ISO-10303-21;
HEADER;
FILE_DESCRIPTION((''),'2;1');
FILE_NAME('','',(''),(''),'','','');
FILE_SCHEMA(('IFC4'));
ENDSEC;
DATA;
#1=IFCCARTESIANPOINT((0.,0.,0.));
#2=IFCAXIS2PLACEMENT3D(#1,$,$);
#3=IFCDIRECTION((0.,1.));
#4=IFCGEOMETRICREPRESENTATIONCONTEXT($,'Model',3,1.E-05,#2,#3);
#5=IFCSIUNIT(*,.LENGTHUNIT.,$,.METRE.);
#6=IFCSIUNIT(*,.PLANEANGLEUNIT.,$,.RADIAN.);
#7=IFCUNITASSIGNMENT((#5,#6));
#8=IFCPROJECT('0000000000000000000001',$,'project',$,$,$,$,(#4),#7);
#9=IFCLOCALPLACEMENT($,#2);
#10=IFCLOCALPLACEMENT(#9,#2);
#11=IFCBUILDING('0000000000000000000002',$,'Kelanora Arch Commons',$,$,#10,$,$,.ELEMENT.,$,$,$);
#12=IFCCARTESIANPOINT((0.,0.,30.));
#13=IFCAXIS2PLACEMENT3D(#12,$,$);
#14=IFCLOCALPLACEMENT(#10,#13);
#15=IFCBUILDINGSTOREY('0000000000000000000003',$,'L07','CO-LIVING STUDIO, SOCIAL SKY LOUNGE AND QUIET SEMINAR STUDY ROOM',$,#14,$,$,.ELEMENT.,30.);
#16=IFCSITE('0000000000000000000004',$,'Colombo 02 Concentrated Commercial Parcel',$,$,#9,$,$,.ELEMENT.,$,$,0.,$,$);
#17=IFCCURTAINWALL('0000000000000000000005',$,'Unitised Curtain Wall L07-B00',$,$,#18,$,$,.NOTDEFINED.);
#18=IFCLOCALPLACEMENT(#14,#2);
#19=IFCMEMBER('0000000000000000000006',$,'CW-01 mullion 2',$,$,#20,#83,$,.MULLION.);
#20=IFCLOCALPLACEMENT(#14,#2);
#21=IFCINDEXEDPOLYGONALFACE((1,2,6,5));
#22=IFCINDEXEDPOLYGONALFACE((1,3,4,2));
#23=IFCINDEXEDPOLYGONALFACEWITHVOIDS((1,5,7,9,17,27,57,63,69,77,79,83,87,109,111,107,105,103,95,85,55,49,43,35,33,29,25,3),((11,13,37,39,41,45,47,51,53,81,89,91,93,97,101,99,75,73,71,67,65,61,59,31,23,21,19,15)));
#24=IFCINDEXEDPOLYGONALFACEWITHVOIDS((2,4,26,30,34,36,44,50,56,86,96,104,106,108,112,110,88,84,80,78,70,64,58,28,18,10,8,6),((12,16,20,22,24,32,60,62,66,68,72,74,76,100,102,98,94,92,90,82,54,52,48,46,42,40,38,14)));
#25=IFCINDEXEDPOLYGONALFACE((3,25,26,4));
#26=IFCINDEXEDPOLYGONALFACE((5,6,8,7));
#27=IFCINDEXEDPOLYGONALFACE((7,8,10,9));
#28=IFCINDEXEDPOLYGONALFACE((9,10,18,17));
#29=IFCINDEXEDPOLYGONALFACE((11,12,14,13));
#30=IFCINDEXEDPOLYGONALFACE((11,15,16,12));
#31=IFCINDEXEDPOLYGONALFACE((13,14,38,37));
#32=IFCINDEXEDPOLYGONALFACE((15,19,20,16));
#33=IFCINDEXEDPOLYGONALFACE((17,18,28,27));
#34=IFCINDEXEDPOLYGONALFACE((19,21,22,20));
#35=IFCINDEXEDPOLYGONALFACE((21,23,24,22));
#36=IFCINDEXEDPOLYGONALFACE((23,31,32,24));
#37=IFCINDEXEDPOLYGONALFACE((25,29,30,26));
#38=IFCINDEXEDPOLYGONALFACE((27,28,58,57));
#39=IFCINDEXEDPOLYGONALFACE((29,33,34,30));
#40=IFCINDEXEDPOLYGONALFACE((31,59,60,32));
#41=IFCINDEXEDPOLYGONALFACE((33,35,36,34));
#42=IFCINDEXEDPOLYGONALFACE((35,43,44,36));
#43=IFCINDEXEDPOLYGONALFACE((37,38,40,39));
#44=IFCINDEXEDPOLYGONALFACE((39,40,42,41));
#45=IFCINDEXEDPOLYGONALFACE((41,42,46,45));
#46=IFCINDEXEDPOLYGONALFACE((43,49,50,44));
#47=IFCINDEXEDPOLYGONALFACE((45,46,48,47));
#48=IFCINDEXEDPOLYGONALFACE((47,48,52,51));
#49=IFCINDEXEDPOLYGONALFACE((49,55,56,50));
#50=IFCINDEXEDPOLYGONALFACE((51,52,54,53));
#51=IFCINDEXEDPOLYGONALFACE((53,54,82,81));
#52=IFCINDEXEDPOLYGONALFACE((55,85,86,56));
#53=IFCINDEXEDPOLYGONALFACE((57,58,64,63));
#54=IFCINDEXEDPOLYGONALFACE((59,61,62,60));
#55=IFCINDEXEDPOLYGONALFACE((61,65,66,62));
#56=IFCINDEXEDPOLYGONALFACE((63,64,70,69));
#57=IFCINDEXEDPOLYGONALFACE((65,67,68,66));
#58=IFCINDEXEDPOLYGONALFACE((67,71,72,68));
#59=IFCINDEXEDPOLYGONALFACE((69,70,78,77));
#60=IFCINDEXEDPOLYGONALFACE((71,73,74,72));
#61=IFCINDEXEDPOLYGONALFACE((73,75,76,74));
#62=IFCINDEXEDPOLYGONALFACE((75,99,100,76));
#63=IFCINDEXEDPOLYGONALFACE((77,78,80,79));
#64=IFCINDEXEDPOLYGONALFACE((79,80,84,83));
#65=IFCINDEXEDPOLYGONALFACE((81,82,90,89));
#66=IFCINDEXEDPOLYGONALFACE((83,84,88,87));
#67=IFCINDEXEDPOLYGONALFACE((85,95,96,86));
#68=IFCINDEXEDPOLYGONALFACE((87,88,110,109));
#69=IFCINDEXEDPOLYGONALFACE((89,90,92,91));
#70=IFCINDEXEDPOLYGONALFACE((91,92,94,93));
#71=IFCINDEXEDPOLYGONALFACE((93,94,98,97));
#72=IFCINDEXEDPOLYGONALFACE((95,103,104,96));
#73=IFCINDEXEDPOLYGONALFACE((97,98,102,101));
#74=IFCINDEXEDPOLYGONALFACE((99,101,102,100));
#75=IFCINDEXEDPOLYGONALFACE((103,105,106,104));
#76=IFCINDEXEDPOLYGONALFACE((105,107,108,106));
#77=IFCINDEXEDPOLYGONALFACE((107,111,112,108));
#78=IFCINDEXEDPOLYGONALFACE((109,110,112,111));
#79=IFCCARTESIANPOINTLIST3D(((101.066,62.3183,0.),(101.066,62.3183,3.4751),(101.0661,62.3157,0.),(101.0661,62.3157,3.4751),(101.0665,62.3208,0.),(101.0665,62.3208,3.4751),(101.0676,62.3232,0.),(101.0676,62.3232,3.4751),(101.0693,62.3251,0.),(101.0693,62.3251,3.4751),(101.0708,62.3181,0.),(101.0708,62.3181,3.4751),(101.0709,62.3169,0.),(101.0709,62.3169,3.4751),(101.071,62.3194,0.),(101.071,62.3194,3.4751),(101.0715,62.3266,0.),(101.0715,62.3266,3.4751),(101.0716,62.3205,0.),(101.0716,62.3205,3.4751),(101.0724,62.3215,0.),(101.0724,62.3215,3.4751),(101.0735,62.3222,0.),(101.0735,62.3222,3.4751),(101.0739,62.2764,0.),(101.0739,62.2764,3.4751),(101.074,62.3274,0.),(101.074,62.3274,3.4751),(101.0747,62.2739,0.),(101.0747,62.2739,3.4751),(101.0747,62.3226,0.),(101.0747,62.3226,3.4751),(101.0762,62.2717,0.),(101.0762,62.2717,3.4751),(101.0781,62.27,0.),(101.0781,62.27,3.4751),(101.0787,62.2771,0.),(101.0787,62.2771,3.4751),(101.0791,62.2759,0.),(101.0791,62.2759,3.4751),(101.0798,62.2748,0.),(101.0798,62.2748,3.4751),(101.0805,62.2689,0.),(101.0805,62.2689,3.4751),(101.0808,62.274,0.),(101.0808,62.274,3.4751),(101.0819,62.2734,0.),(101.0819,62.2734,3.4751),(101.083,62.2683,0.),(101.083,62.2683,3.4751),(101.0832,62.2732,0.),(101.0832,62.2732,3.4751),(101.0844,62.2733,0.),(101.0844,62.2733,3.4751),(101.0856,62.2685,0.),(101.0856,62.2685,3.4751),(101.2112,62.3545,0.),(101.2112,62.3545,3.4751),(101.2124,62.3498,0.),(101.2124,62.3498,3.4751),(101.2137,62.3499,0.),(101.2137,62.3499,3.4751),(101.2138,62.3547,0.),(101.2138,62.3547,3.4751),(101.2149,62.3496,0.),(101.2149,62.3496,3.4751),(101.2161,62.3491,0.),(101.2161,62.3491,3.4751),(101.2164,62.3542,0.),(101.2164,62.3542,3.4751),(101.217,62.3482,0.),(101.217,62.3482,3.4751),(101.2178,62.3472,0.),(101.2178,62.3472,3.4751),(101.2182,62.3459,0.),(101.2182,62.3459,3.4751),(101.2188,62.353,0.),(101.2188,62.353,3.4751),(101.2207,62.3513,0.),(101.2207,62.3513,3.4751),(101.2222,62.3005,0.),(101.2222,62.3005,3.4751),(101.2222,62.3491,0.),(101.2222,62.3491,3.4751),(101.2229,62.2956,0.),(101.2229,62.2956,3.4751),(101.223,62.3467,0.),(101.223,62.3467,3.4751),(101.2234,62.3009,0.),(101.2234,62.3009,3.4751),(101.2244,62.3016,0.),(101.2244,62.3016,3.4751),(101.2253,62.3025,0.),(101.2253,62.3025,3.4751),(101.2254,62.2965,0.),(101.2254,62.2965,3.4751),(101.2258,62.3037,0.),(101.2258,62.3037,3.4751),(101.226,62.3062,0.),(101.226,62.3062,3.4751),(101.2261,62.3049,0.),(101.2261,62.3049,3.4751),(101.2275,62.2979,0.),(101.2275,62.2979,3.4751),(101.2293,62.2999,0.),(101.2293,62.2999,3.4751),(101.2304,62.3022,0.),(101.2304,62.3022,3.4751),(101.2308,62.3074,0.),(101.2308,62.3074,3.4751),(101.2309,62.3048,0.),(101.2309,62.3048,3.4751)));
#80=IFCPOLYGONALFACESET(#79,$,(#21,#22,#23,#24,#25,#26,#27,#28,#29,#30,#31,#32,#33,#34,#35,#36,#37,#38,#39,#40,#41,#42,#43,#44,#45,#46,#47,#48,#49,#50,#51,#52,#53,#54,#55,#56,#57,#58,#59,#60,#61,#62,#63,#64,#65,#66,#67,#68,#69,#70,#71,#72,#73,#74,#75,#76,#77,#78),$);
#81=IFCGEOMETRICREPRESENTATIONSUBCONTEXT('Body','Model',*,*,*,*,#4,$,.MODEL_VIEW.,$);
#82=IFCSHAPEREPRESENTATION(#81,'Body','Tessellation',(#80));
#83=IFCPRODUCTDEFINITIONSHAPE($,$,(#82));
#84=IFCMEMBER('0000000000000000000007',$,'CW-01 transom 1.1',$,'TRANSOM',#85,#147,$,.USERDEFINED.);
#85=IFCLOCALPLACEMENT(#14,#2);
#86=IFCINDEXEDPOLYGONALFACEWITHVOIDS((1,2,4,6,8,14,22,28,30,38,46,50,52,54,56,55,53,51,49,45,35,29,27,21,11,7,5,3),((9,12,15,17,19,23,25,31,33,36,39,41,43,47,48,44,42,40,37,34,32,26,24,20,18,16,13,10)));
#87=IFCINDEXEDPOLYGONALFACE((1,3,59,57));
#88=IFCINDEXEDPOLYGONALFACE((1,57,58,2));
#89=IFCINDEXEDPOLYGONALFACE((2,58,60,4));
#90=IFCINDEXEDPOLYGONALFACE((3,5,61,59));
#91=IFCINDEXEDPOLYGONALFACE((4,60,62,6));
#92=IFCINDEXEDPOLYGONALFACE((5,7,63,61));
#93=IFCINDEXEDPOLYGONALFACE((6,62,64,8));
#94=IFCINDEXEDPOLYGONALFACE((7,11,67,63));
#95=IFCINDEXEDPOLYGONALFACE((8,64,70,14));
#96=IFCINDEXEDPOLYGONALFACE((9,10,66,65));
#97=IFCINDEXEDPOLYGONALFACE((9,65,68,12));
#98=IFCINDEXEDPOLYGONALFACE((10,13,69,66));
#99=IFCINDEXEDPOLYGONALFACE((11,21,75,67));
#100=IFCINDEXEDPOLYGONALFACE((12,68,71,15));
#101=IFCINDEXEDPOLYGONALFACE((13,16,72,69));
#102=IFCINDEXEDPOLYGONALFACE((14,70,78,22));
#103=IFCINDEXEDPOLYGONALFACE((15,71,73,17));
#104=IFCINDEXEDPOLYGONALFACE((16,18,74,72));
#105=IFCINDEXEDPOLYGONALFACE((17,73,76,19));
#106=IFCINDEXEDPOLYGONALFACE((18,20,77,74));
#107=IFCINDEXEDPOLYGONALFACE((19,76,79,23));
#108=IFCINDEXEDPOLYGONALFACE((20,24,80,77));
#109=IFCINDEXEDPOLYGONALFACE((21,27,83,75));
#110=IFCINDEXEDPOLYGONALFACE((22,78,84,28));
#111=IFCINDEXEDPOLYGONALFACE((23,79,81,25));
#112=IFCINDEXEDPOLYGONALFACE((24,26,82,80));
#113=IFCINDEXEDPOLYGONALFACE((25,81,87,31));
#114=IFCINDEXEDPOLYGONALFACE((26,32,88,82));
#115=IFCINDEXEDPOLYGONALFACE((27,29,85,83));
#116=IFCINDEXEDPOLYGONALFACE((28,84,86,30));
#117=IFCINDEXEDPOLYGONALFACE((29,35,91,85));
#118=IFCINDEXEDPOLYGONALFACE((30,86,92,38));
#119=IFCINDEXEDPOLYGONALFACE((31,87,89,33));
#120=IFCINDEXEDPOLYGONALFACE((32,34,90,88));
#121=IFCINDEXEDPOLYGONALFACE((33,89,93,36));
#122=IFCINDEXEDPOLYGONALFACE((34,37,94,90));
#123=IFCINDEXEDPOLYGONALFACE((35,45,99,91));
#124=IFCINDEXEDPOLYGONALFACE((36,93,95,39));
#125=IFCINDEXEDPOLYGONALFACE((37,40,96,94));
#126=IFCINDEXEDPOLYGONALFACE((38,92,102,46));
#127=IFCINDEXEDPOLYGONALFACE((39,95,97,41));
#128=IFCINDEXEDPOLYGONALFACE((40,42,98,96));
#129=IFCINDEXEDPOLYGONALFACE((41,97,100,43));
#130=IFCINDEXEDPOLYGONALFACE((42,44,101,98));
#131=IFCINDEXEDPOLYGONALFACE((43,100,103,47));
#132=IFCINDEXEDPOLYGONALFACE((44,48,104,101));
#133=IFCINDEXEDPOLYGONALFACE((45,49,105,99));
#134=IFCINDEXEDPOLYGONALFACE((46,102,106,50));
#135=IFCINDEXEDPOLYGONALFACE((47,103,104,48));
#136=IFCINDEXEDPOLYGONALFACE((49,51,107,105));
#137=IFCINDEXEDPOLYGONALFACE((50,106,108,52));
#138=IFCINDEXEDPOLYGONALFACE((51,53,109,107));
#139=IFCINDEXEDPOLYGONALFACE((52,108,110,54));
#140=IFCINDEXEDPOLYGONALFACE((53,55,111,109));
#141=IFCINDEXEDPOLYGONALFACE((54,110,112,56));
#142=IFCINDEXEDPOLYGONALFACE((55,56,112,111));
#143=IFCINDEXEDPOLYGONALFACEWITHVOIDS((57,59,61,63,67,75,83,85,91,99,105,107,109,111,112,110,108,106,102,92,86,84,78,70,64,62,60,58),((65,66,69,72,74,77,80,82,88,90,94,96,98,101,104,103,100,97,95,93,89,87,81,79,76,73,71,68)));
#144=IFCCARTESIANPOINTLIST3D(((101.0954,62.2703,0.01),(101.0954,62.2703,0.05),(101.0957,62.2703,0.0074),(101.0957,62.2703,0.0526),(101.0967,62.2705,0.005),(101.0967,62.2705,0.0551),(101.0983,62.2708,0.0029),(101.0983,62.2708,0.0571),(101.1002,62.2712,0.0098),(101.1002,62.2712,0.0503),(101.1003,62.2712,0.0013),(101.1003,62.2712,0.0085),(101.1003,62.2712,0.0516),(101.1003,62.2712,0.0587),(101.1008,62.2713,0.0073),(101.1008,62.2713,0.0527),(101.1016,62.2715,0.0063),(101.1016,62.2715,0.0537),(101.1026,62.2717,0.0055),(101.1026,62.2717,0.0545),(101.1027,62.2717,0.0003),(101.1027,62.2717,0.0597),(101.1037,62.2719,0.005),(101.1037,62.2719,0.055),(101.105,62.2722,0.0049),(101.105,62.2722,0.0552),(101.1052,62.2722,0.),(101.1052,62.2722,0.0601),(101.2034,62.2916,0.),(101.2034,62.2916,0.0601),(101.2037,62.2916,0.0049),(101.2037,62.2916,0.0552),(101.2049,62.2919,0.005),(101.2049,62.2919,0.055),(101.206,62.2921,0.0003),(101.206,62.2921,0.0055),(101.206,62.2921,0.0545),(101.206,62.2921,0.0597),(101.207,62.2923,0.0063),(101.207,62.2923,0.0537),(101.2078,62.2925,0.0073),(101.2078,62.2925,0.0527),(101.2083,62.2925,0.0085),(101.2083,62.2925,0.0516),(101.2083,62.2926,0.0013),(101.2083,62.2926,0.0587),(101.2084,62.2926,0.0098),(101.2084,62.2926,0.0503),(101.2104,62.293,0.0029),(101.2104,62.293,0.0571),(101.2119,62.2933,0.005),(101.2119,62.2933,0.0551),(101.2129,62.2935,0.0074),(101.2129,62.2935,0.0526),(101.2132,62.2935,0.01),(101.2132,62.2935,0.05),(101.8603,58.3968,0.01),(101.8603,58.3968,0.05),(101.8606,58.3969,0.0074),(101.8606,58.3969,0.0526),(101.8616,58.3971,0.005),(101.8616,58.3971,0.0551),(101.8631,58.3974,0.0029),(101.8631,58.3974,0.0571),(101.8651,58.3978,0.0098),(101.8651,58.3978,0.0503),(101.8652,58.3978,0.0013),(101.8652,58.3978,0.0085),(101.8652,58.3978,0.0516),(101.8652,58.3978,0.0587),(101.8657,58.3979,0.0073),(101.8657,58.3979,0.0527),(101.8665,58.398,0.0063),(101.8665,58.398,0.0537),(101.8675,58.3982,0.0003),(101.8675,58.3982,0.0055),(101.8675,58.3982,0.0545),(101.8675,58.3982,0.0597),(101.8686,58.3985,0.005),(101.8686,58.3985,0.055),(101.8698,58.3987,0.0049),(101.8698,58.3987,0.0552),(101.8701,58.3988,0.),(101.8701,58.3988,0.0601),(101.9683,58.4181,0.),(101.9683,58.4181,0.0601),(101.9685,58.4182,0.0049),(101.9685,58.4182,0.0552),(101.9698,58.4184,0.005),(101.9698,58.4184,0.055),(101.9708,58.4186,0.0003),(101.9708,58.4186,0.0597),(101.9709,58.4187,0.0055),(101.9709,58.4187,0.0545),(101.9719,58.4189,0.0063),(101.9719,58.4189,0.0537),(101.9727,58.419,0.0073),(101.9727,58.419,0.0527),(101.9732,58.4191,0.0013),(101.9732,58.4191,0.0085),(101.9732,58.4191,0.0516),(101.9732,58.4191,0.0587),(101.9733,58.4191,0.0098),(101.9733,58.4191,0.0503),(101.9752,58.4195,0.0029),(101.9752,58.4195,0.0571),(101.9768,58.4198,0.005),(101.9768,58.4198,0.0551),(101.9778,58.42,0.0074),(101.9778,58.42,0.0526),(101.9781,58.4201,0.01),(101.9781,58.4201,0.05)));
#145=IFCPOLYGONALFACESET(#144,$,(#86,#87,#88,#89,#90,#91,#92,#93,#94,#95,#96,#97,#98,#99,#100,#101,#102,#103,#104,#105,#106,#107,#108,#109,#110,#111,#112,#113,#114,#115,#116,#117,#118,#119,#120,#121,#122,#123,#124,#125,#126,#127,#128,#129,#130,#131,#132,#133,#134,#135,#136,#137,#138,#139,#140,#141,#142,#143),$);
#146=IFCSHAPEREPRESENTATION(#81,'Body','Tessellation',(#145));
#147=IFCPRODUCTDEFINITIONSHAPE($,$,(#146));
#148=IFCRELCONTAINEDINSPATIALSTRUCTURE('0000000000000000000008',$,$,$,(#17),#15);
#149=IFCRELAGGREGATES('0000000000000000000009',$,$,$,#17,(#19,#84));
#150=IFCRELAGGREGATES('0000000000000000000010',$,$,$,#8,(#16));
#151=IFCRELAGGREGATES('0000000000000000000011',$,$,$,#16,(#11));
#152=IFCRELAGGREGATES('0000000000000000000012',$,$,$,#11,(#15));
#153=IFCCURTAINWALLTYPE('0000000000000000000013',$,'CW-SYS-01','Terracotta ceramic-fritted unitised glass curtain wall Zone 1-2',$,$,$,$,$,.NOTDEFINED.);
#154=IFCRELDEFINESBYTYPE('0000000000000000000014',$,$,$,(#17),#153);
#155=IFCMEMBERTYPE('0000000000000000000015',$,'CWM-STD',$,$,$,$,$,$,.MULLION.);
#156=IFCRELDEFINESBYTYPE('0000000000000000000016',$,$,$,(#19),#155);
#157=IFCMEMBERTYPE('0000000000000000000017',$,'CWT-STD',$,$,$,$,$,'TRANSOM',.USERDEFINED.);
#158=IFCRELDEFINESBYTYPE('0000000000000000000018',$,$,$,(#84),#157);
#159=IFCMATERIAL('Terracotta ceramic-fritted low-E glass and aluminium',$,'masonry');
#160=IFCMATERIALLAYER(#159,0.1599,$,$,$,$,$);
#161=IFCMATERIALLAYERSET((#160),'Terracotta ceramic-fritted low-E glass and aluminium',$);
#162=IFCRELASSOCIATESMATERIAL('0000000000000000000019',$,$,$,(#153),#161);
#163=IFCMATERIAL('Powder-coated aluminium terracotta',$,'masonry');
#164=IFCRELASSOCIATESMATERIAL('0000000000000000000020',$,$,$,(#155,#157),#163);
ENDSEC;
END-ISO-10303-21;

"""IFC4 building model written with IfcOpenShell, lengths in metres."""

from ifc_helpers import new_model, si_unit, direction, frame, origin, origin_2d, place, context, subcontext, project, spatial, hollow_rectangle, extrude, material, layer, layer_set, material_profile, profile_set, type_object, element, aggregate, save


model = new_model("IFC4")

# Units and contexts
model_context = context("Model", 3, precision=1e-05, world=origin(), true_north=direction((0.0, 1.0)))
body_context = subcontext(model_context, "Body", "Model", "MODEL_VIEW")
ifc_project = project(units=[si_unit("LENGTHUNIT", "METRE"), si_unit("PLANEANGLEUNIT", "RADIAN")], contexts=[model_context])

# Site, building, storey
site_placement = place(None, origin())
site = spatial("IfcSite", under=ifc_project, at=site_placement, Name="Colombo 02 Concentrated Commercial Parcel", CompositionType="ELEMENT", RefElevation=0.0)
building_placement = place(site_placement, origin())
building = spatial("IfcBuilding", under=site, at=building_placement, Name="Kelanora Arch Commons", CompositionType="ELEMENT")
storey_placement = place(building_placement, frame((0.0, 0.0, 30.0)))
storey = spatial("IfcBuildingStorey", under=building, at=storey_placement, Name="L07", Description="CO-LIVING STUDIO, SOCIAL SKY LOUNGE AND QUIET SEMINAR STUDY ROOM", CompositionType="ELEMENT", Elevation=30.0)

# Curtain wall, members
ifc_material_1 = material(Name="Terracotta ceramic-fritted low-E glass and aluminium", Category="masonry")
ifc_layer_1 = layer(ifc_material_1, 0.1599)
ifc_layer_set_1 = layer_set([ifc_layer_1], Name="Terracotta ceramic-fritted low-E glass and aluminium")
curtain_wall_type = type_object("IfcCurtainWallType", Name="CW-SYS-01", Description="Terracotta ceramic-fritted unitised glass curtain wall Zone 1-2", PredefinedType="NOTDEFINED", material=ifc_layer_set_1)
curtain_wall_placement = place(storey_placement, origin())
curtain_wall = element("IfcCurtainWall", 1, at=curtain_wall_placement, inside=storey, type_object=curtain_wall_type, Name="Unitised Curtain Wall L07-B00", PredefinedType="NOTDEFINED")
ifc_material_2 = material(Name="Powder-coated aluminium terracotta", Category="masonry")
ifc_material_profile_1 = material_profile(ifc_material_2, hollow_rectangle(XDim=0.1599, YDim=0.0601, WallThickness=0.0049, InnerFilletRadius=0.0049, OuterFilletRadius=0.01, at=origin_2d()), Name="CWM160x60")
ifc_profile_set_1 = profile_set([ifc_material_profile_1], Name="Powder-coated aluminium terracotta")
member_type_1 = type_object("IfcMemberType", Name="CWM-STD", PredefinedType="MULLION", material=ifc_profile_set_1)
member_1_placement = place(storey_placement, frame((101.1484, 62.3115, 0.0), z_axis=(0.0, 0.0, 1.0), x_axis=(-0.981052, -0.193744, 0.0)))
member_1 = element("IfcMember", 2, at=member_1_placement, type_object=member_type_1, Name="CW-01 mullion 2", PredefinedType="MULLION", context=body_context, shape_type="SweptSolid", body=[
    extrude(hollow_rectangle(XDim=0.1599, YDim=0.0601, WallThickness=0.0049, InnerFilletRadius=0.0049, OuterFilletRadius=0.01, at=origin_2d()), origin(), (0.0, 0.0, 1.0), 3.4751),
])
ifc_material_profile_2 = material_profile(ifc_material_2, hollow_rectangle(XDim=0.1201, YDim=0.0601, WallThickness=0.0049, InnerFilletRadius=0.0049, OuterFilletRadius=0.01, at=origin_2d()), Name="CWT120x60")
ifc_profile_set_2 = profile_set([ifc_material_profile_2], Name="Powder-coated aluminium terracotta")
member_type_2 = type_object("IfcMemberType", Name="CWT-STD", ElementType="TRANSOM", PredefinedType="USERDEFINED", material=ifc_profile_set_2)
member_2_placement = place(storey_placement, frame((101.9192, 58.4084, 0.03), z_axis=(-0.193725, 0.981056, 0.0), x_axis=(-0.981056, -0.193725, 0.0)))
member_2 = element("IfcMember", 3, at=member_2_placement, type_object=member_type_2, Name="CW-01 transom 1.1", ObjectType="TRANSOM", PredefinedType="USERDEFINED", context=body_context, shape_type="SweptSolid", body=[
    extrude(hollow_rectangle(XDim=0.1201, YDim=0.0601, WallThickness=0.0049, InnerFilletRadius=0.0049, OuterFilletRadius=0.01, at=origin_2d()), origin(), (0.0, 0.0, 1.0), 3.9482),
])
aggregate(curtain_wall, [member_1, member_2])

save(model, "model.ifc")
